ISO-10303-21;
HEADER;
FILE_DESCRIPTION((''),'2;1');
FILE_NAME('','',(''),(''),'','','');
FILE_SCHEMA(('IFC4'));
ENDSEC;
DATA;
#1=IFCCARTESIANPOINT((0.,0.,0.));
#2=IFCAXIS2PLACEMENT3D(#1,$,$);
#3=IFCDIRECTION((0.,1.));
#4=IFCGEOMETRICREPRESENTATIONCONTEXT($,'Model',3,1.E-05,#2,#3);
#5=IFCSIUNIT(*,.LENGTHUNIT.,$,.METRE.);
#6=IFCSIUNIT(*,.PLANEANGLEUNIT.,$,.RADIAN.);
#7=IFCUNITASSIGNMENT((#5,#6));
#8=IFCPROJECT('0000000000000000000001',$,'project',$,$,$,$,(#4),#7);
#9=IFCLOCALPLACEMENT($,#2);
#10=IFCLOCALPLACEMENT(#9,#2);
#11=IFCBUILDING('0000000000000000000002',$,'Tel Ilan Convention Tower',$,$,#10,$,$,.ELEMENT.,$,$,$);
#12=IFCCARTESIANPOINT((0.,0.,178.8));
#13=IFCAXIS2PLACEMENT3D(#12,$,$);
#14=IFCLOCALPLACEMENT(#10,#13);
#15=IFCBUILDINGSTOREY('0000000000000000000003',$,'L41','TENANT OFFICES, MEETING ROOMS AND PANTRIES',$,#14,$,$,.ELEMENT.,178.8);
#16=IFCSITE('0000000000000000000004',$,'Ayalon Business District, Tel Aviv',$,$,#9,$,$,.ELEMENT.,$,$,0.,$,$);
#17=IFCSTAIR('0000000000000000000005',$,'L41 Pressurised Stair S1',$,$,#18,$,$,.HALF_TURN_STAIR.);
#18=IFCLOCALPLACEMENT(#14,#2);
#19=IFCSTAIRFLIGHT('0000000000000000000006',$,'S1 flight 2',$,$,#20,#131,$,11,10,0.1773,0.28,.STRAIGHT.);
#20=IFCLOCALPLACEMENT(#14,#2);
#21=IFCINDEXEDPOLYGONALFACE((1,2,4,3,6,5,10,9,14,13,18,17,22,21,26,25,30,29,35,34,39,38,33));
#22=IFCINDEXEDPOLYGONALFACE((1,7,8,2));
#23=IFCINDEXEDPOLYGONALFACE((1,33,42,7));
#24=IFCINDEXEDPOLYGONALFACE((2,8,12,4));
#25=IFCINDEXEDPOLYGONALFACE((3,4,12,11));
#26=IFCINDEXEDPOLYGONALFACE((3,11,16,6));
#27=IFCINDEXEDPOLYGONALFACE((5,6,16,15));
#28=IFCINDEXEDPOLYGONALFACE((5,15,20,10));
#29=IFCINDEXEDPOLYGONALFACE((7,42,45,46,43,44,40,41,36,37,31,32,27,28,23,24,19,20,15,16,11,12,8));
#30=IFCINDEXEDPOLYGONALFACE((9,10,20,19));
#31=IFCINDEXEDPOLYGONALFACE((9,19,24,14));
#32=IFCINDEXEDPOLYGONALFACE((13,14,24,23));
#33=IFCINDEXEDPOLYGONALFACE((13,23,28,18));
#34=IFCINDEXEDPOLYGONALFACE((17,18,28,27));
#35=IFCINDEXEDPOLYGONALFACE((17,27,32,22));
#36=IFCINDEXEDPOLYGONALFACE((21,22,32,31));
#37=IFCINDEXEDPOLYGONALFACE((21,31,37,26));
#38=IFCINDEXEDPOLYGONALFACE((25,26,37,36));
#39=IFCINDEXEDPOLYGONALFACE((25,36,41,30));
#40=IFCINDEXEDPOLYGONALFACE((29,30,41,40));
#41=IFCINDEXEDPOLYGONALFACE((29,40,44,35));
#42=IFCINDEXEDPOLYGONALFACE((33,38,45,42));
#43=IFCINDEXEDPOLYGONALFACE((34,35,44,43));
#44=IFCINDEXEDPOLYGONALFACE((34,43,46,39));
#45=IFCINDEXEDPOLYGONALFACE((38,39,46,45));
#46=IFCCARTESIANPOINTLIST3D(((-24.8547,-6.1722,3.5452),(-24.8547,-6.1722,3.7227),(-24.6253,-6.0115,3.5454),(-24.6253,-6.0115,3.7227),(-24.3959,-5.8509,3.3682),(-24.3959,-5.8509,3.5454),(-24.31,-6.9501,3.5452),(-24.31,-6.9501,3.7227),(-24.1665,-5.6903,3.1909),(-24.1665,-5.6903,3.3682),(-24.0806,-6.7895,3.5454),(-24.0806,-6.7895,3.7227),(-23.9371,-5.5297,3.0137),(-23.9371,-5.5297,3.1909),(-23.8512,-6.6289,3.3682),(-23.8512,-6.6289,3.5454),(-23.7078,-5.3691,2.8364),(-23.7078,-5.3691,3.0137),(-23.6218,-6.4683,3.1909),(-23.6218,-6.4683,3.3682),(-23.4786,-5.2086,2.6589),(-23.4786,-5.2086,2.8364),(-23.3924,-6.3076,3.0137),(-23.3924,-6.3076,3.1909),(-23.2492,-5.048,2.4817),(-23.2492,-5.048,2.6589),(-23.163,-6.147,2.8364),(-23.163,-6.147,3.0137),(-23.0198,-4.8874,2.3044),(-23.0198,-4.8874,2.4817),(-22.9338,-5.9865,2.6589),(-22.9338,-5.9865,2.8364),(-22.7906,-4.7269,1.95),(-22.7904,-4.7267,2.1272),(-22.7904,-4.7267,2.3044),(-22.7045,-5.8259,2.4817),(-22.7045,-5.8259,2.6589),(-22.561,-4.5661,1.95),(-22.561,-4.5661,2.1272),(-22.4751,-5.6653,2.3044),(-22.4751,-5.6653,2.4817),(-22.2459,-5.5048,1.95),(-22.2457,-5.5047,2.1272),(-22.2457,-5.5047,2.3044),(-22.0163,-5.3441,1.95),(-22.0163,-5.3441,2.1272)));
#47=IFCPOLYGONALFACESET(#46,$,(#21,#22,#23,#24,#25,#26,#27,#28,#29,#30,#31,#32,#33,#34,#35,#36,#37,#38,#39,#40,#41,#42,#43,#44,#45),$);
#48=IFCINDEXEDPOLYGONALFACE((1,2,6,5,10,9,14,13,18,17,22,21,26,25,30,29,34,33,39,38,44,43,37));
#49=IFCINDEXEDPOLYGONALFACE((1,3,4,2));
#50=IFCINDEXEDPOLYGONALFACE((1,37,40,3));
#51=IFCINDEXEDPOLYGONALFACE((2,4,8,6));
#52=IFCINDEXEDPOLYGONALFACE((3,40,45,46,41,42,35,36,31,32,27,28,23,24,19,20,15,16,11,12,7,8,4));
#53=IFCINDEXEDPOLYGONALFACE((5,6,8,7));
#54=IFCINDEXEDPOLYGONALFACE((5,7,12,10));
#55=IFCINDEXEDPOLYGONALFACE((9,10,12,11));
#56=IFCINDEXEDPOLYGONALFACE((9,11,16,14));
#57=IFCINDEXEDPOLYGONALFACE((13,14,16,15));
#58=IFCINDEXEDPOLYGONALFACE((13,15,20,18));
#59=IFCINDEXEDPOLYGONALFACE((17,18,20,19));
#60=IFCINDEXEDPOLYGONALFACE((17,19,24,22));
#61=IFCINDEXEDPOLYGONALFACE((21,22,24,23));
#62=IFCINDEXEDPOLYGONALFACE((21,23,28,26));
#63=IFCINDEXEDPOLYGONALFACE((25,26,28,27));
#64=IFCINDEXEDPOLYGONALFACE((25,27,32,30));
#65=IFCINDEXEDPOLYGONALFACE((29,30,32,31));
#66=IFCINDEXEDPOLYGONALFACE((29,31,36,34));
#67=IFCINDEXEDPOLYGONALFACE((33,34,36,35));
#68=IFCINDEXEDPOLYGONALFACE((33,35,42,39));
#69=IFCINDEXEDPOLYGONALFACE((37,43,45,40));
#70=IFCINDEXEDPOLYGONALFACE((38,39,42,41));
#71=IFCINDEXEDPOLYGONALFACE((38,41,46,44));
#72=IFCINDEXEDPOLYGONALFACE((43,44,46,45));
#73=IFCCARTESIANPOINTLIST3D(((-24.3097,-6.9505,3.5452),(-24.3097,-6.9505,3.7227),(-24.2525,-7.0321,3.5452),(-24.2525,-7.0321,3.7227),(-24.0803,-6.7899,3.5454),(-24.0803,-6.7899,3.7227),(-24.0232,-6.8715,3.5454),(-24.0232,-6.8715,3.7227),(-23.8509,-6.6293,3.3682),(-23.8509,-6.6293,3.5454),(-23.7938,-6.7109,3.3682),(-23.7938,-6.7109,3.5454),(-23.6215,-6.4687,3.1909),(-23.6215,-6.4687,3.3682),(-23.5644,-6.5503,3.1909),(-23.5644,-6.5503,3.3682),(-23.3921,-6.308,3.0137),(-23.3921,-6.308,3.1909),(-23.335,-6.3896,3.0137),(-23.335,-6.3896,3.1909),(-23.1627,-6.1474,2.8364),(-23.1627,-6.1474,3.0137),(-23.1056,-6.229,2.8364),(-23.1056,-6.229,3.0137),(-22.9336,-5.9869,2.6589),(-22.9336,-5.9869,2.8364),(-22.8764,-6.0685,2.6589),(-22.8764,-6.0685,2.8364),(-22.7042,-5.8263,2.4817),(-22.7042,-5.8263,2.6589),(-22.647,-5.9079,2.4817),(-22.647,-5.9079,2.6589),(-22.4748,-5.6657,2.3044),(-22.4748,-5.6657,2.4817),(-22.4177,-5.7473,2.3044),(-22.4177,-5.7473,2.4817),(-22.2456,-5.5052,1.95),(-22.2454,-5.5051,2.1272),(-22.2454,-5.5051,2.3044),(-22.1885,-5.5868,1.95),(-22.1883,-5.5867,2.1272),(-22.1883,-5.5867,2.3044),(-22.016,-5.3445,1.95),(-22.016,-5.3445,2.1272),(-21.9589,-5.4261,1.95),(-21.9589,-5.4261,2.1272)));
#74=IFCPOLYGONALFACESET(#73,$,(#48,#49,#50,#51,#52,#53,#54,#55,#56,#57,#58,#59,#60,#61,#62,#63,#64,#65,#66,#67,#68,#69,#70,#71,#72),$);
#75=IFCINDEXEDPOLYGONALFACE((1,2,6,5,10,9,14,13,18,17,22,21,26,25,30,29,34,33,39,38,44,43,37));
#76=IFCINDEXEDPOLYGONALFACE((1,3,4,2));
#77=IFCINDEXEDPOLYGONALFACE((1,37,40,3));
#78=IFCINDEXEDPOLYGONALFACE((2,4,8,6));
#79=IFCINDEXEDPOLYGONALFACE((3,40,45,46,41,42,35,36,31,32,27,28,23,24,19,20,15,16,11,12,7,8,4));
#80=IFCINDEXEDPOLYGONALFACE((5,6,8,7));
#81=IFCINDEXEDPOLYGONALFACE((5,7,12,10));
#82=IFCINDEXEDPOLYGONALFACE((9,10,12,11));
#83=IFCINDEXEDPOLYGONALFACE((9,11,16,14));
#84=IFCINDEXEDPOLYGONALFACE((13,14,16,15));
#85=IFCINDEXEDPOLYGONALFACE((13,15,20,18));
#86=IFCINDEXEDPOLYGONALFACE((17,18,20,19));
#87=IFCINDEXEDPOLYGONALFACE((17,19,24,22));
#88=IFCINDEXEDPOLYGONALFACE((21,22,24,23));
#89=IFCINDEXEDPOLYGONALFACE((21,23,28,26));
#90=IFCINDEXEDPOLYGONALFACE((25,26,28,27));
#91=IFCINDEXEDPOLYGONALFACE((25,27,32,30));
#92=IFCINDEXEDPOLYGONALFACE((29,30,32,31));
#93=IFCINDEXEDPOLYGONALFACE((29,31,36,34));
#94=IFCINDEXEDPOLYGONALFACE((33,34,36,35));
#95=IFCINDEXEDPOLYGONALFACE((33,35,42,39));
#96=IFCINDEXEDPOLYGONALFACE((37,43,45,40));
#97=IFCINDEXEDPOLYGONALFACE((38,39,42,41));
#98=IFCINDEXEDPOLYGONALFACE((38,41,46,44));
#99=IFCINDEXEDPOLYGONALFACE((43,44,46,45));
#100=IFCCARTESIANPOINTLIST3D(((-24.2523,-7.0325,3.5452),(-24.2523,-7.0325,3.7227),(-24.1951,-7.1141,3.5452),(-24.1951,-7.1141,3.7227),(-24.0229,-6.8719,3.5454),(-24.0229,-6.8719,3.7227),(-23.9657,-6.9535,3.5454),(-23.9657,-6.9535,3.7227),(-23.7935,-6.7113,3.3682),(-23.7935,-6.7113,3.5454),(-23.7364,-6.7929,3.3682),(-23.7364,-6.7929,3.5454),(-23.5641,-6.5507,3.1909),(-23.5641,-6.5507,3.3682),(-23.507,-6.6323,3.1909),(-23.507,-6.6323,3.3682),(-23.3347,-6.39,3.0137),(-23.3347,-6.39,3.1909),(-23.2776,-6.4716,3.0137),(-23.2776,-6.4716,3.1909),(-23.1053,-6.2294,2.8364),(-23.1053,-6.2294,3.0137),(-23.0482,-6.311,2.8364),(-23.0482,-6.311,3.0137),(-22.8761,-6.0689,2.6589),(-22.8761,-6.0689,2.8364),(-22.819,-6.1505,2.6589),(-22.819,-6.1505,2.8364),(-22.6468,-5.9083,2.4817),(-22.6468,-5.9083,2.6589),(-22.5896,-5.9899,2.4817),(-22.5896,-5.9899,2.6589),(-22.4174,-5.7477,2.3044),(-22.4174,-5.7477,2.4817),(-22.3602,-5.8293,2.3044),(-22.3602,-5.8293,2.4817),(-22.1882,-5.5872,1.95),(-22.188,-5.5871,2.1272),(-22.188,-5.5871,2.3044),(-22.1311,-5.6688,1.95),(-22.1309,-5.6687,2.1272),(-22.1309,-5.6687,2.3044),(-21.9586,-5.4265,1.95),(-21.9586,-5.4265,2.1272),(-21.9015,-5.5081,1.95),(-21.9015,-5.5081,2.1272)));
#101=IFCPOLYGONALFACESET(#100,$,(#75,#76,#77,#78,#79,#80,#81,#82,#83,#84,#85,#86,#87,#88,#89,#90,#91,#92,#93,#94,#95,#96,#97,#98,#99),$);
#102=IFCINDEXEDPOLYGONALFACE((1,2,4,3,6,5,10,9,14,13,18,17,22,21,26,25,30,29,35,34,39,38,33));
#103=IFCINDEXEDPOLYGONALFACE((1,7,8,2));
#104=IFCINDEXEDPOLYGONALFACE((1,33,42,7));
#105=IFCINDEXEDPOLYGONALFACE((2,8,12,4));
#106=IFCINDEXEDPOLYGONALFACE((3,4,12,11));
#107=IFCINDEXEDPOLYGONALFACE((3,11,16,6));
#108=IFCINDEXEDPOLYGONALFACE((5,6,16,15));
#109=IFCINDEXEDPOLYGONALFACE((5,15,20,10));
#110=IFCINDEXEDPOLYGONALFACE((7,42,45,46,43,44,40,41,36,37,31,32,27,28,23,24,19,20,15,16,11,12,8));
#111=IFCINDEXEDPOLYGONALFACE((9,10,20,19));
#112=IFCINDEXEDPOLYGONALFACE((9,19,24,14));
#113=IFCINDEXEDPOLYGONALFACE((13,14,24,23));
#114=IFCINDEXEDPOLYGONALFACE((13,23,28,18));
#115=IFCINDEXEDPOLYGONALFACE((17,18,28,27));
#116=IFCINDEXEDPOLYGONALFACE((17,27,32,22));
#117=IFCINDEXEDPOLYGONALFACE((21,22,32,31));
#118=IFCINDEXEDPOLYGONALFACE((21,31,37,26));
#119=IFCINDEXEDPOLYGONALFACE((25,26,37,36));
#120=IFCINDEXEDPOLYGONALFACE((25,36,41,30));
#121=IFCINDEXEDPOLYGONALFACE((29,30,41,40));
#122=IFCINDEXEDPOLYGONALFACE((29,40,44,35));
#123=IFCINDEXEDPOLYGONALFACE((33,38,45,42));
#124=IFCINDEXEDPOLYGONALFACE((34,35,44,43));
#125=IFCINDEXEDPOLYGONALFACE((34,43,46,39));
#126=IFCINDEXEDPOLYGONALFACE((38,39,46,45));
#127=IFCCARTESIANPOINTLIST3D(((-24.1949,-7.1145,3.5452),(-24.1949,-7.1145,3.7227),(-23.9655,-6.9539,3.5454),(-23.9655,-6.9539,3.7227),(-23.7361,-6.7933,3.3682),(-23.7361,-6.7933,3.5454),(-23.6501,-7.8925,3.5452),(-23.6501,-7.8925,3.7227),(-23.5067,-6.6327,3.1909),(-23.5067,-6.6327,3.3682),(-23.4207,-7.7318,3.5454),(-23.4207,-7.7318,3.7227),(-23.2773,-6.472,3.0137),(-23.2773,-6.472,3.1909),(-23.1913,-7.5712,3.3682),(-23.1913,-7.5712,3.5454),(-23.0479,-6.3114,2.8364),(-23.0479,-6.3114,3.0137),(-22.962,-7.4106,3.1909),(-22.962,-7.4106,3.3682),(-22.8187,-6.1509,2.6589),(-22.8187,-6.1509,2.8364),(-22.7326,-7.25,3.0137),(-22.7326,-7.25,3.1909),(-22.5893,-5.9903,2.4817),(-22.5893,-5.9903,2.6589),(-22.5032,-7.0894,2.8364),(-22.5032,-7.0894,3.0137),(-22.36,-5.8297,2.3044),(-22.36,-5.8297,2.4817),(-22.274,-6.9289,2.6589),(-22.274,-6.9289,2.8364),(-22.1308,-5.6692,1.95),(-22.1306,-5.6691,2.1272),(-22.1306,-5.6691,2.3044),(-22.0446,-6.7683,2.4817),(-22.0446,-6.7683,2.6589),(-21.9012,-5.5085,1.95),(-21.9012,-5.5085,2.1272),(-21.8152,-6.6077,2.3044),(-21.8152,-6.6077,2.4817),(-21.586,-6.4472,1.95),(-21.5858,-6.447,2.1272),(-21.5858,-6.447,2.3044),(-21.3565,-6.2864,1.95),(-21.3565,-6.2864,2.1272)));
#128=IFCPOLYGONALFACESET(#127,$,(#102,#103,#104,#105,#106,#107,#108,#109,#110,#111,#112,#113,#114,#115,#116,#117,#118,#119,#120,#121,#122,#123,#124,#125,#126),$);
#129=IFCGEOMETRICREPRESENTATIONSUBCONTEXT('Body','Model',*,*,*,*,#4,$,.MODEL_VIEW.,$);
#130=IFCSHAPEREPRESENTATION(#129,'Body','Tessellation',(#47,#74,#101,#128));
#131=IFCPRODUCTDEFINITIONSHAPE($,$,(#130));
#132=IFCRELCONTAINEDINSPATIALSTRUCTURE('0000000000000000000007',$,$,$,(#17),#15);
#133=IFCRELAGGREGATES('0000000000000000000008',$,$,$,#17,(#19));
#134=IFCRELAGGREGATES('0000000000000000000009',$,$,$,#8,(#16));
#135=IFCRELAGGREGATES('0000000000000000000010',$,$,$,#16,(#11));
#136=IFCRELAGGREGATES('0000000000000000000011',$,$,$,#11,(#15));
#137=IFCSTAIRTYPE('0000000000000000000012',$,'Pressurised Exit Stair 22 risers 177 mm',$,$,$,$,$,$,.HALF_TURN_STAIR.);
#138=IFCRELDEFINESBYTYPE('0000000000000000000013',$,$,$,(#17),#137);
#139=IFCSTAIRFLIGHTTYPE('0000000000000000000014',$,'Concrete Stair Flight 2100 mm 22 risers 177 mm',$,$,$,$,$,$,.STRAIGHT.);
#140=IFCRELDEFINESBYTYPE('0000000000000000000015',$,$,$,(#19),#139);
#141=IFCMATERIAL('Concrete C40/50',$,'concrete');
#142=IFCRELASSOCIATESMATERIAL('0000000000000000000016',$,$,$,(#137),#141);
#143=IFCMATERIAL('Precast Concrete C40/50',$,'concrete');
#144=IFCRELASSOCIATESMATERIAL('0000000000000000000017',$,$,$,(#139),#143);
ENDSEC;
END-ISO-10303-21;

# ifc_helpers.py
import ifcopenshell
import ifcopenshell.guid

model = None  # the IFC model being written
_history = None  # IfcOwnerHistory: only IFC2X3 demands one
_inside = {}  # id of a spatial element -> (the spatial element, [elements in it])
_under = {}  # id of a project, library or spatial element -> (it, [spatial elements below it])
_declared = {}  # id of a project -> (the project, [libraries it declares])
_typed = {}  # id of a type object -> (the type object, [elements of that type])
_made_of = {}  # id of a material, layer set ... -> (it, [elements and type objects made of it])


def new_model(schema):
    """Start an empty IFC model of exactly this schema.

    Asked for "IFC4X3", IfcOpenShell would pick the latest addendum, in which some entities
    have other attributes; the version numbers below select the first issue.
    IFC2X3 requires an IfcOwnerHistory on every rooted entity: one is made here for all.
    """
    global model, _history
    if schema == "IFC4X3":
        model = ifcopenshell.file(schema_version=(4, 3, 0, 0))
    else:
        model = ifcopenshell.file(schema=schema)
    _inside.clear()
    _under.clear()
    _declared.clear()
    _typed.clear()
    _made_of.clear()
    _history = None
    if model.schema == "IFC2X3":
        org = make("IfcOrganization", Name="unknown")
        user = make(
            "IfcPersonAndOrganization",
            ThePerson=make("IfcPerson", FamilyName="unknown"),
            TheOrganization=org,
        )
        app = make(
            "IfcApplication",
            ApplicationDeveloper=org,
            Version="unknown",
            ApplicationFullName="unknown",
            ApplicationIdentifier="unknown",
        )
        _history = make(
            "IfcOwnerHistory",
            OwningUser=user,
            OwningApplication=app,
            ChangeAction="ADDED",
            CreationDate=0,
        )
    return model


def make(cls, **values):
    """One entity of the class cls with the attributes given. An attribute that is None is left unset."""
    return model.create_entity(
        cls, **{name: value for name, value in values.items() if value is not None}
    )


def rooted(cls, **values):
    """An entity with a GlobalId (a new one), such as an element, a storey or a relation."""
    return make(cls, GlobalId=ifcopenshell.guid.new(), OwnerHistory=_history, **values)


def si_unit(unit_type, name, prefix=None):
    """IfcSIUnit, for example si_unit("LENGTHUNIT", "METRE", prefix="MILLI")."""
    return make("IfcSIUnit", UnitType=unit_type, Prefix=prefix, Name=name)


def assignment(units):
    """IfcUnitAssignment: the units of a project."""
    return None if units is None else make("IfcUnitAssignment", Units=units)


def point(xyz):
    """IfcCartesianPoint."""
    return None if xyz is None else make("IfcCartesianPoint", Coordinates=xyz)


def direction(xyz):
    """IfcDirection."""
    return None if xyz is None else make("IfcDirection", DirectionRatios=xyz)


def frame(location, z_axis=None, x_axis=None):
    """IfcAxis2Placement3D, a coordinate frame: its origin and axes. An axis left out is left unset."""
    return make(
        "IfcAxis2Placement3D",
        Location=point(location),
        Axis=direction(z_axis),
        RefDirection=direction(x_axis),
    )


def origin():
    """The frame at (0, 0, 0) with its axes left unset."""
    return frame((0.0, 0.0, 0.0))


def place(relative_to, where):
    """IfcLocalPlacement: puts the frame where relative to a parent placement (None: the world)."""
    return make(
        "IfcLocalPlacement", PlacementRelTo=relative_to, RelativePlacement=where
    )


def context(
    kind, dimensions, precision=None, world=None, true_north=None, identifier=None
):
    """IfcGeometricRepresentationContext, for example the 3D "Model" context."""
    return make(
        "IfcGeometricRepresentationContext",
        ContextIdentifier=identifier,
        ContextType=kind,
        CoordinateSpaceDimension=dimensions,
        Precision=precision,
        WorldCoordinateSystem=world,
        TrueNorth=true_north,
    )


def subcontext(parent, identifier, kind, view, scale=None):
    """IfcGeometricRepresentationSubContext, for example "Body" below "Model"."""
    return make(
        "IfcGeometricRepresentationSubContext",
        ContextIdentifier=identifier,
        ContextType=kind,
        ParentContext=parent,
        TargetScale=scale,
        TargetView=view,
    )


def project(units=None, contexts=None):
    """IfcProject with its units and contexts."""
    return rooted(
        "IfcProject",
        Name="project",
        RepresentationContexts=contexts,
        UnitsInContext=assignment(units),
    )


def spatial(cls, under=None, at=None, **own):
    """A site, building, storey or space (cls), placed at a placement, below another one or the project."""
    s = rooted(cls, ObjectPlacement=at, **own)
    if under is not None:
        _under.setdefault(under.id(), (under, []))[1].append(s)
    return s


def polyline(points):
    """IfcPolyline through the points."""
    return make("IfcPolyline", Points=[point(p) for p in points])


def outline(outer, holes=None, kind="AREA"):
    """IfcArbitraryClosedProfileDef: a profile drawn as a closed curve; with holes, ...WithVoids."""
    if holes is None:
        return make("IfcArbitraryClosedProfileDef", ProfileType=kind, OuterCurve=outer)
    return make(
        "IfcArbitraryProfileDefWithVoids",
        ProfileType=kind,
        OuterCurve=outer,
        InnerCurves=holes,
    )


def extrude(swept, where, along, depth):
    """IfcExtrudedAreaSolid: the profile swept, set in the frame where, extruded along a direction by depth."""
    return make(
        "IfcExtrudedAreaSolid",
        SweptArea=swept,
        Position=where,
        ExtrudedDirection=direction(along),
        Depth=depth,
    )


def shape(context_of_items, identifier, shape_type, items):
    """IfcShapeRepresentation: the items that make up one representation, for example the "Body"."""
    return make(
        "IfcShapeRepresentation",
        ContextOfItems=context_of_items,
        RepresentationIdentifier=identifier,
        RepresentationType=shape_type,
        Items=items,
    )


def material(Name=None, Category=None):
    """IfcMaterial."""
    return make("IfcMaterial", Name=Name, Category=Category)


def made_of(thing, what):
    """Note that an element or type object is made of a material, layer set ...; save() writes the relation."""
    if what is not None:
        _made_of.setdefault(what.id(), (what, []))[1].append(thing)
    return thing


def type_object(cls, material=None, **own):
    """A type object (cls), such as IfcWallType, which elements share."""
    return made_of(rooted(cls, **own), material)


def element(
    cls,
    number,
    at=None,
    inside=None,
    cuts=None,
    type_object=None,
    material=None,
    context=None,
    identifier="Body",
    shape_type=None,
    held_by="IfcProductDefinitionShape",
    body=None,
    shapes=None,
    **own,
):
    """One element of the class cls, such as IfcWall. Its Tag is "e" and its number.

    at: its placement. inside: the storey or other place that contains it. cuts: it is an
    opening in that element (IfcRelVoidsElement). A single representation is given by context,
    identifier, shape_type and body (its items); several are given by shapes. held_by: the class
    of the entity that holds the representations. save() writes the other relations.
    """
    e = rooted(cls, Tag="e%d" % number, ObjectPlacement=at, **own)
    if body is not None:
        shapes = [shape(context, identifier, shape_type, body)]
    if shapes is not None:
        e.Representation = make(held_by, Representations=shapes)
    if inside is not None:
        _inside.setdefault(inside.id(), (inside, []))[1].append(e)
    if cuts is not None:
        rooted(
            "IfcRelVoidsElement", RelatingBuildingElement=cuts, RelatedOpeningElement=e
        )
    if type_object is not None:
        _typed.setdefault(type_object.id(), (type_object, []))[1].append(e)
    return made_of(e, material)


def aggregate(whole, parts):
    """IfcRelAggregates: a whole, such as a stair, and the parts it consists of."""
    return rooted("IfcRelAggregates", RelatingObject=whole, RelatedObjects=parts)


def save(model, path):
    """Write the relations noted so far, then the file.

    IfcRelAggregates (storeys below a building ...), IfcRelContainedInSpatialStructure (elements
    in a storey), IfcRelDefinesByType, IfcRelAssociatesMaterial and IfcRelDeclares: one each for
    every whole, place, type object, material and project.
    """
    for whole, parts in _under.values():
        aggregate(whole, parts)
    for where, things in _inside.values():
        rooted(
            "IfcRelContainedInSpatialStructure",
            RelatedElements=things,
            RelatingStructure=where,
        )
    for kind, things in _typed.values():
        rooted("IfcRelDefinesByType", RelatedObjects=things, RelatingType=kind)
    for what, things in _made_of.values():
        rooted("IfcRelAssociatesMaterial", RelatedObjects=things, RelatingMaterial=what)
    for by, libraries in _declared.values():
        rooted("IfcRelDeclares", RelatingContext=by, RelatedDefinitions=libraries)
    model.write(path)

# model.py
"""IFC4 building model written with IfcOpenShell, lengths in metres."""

from ifc_helpers import new_model, si_unit, direction, frame, origin, place, context, subcontext, project, spatial, polyline, outline, extrude, material, type_object, element, aggregate, save


model = new_model("IFC4")

# Units and contexts
model_context = context("Model", 3, precision=1e-05, world=origin(), true_north=direction((0.0, 1.0)))
body_context = subcontext(model_context, "Body", "Model", "MODEL_VIEW")
ifc_project = project(units=[si_unit("LENGTHUNIT", "METRE"), si_unit("PLANEANGLEUNIT", "RADIAN")], contexts=[model_context])

# Site, building, storey
site_placement = place(None, origin())
site = spatial("IfcSite", under=ifc_project, at=site_placement, Name="Ayalon Business District, Tel Aviv", CompositionType="ELEMENT", RefElevation=0.0)
building_placement = place(site_placement, origin())
building = spatial("IfcBuilding", under=site, at=building_placement, Name="Tel Ilan Convention Tower", CompositionType="ELEMENT")
storey_placement = place(building_placement, frame((0.0, 0.0, 178.8)))
storey = spatial("IfcBuildingStorey", under=building, at=storey_placement, Name="L41", Description="TENANT OFFICES, MEETING ROOMS AND PANTRIES", CompositionType="ELEMENT", Elevation=178.8)

# Stair, stair flight
ifc_material_1 = material(Name="Concrete C40/50", Category="concrete")
stair_type = type_object("IfcStairType", Name="Pressurised Exit Stair 22 risers 177 mm", PredefinedType="HALF_TURN_STAIR", material=ifc_material_1)
stair_1_placement = place(storey_placement, origin())
stair_1 = element("IfcStair", 1, at=stair_1_placement, inside=storey, type_object=stair_type, Name="L41 Pressurised Stair S1", PredefinedType="HALF_TURN_STAIR")
ifc_material_2 = material(Name="Precast Concrete C40/50", Category="concrete")
stair_flight_type = type_object("IfcStairFlightType", Name="Concrete Stair Flight 2100 mm 22 risers 177 mm", PredefinedType="STRAIGHT", material=ifc_material_2)
stair_flight_1_placement = place(storey_placement, frame((-21.9587, -5.4263, 1.95), z_axis=(0.0, 0.0, 1.0), x_axis=(-0.819152, -0.573576, 0.0)))
stair_flight_1 = element("IfcStairFlight", 2, at=stair_flight_1_placement, type_object=stair_flight_type, Name="S1 flight 2", NumberOfRisers=11, NumberOfTreads=10, PredefinedType="STRAIGHT", RiserHeight=0.1773, TreadLength=0.28, context=body_context, shape_type="SweptSolid", body=[
    extrude(outline(polyline([(0.0, 0.0), (0.0, 0.1772), (0.28, 0.1772), (0.28, 0.3545), (0.5601, 0.3545), (0.5601, 0.5317), (0.8401, 0.5317), (0.8401, 0.709), (1.1201, 0.709), (1.1201, 0.8865), (1.3999, 0.8865), (1.3999, 1.0637), (1.6799, 1.0637), (1.6799, 1.241), (1.96, 1.241), (1.96, 1.4182), (2.24, 1.4182), (2.24, 1.5955), (2.52, 1.5955), (2.52, 1.7727), (2.8, 1.7727), (2.8, 1.95), (2.8, 1.5952), (0.2803, 0.0), (0.0, 0.0)])), frame((0.0, -0.1003, 0.0), z_axis=(0.0, -1.0, 0.0), x_axis=(1.0, 0.0, 0.0)), (0.0, 0.0, 1.0), 0.9497),
    extrude(outline(polyline([(0.0, 0.0), (0.0, 0.1772), (0.28, 0.1772), (0.28, 0.3545), (0.5601, 0.3545), (0.5601, 0.5317), (0.8401, 0.5317), (0.8401, 0.709), (1.1201, 0.709), (1.1201, 0.8865), (1.3999, 0.8865), (1.3999, 1.0637), (1.6799, 1.0637), (1.6799, 1.241), (1.96, 1.241), (1.96, 1.4182), (2.24, 1.4182), (2.24, 1.5955), (2.52, 1.5955), (2.52, 1.7727), (2.8, 1.7727), (2.8, 1.95), (2.8, 1.5952), (0.2803, 0.0), (0.0, 0.0)])), frame((0.0, -0.0002, 0.0), z_axis=(0.0, -1.0, 0.0), x_axis=(1.0, 0.0, 0.0)), (0.0, 0.0, 1.0), 0.0996),
    extrude(outline(polyline([(0.0, 0.0), (0.0, 0.1772), (0.28, 0.1772), (0.28, 0.3545), (0.5601, 0.3545), (0.5601, 0.5317), (0.8401, 0.5317), (0.8401, 0.709), (1.1201, 0.709), (1.1201, 0.8865), (1.3999, 0.8865), (1.3999, 1.0637), (1.6799, 1.0637), (1.6799, 1.241), (1.96, 1.241), (1.96, 1.4182), (2.24, 1.4182), (2.24, 1.5955), (2.52, 1.5955), (2.52, 1.7727), (2.8, 1.7727), (2.8, 1.95), (2.8, 1.5952), (0.2803, 0.0), (0.0, 0.0)])), frame((0.0, 0.0999, 0.0), z_axis=(0.0, -1.0, 0.0), x_axis=(1.0, 0.0, 0.0)), (0.0, 0.0, 1.0), 0.0996),
    extrude(outline(polyline([(0.0, 0.0), (0.0, 0.1772), (0.28, 0.1772), (0.28, 0.3545), (0.5601, 0.3545), (0.5601, 0.5317), (0.8401, 0.5317), (0.8401, 0.709), (1.1201, 0.709), (1.1201, 0.8865), (1.3999, 0.8865), (1.3999, 1.0637), (1.6799, 1.0637), (1.6799, 1.241), (1.96, 1.241), (1.96, 1.4182), (2.24, 1.4182), (2.24, 1.5955), (2.52, 1.5955), (2.52, 1.7727), (2.8, 1.7727), (2.8, 1.95), (2.8, 1.5952), (0.2803, 0.0), (0.0, 0.0)])), frame((0.0, 1.05, 0.0), z_axis=(0.0, -1.0, 0.0), x_axis=(1.0, 0.0, 0.0)), (0.0, 0.0, 1.0), 0.9497),
])
aggregate(stair_1, [stair_flight_1])

save(model, "model.ifc")
